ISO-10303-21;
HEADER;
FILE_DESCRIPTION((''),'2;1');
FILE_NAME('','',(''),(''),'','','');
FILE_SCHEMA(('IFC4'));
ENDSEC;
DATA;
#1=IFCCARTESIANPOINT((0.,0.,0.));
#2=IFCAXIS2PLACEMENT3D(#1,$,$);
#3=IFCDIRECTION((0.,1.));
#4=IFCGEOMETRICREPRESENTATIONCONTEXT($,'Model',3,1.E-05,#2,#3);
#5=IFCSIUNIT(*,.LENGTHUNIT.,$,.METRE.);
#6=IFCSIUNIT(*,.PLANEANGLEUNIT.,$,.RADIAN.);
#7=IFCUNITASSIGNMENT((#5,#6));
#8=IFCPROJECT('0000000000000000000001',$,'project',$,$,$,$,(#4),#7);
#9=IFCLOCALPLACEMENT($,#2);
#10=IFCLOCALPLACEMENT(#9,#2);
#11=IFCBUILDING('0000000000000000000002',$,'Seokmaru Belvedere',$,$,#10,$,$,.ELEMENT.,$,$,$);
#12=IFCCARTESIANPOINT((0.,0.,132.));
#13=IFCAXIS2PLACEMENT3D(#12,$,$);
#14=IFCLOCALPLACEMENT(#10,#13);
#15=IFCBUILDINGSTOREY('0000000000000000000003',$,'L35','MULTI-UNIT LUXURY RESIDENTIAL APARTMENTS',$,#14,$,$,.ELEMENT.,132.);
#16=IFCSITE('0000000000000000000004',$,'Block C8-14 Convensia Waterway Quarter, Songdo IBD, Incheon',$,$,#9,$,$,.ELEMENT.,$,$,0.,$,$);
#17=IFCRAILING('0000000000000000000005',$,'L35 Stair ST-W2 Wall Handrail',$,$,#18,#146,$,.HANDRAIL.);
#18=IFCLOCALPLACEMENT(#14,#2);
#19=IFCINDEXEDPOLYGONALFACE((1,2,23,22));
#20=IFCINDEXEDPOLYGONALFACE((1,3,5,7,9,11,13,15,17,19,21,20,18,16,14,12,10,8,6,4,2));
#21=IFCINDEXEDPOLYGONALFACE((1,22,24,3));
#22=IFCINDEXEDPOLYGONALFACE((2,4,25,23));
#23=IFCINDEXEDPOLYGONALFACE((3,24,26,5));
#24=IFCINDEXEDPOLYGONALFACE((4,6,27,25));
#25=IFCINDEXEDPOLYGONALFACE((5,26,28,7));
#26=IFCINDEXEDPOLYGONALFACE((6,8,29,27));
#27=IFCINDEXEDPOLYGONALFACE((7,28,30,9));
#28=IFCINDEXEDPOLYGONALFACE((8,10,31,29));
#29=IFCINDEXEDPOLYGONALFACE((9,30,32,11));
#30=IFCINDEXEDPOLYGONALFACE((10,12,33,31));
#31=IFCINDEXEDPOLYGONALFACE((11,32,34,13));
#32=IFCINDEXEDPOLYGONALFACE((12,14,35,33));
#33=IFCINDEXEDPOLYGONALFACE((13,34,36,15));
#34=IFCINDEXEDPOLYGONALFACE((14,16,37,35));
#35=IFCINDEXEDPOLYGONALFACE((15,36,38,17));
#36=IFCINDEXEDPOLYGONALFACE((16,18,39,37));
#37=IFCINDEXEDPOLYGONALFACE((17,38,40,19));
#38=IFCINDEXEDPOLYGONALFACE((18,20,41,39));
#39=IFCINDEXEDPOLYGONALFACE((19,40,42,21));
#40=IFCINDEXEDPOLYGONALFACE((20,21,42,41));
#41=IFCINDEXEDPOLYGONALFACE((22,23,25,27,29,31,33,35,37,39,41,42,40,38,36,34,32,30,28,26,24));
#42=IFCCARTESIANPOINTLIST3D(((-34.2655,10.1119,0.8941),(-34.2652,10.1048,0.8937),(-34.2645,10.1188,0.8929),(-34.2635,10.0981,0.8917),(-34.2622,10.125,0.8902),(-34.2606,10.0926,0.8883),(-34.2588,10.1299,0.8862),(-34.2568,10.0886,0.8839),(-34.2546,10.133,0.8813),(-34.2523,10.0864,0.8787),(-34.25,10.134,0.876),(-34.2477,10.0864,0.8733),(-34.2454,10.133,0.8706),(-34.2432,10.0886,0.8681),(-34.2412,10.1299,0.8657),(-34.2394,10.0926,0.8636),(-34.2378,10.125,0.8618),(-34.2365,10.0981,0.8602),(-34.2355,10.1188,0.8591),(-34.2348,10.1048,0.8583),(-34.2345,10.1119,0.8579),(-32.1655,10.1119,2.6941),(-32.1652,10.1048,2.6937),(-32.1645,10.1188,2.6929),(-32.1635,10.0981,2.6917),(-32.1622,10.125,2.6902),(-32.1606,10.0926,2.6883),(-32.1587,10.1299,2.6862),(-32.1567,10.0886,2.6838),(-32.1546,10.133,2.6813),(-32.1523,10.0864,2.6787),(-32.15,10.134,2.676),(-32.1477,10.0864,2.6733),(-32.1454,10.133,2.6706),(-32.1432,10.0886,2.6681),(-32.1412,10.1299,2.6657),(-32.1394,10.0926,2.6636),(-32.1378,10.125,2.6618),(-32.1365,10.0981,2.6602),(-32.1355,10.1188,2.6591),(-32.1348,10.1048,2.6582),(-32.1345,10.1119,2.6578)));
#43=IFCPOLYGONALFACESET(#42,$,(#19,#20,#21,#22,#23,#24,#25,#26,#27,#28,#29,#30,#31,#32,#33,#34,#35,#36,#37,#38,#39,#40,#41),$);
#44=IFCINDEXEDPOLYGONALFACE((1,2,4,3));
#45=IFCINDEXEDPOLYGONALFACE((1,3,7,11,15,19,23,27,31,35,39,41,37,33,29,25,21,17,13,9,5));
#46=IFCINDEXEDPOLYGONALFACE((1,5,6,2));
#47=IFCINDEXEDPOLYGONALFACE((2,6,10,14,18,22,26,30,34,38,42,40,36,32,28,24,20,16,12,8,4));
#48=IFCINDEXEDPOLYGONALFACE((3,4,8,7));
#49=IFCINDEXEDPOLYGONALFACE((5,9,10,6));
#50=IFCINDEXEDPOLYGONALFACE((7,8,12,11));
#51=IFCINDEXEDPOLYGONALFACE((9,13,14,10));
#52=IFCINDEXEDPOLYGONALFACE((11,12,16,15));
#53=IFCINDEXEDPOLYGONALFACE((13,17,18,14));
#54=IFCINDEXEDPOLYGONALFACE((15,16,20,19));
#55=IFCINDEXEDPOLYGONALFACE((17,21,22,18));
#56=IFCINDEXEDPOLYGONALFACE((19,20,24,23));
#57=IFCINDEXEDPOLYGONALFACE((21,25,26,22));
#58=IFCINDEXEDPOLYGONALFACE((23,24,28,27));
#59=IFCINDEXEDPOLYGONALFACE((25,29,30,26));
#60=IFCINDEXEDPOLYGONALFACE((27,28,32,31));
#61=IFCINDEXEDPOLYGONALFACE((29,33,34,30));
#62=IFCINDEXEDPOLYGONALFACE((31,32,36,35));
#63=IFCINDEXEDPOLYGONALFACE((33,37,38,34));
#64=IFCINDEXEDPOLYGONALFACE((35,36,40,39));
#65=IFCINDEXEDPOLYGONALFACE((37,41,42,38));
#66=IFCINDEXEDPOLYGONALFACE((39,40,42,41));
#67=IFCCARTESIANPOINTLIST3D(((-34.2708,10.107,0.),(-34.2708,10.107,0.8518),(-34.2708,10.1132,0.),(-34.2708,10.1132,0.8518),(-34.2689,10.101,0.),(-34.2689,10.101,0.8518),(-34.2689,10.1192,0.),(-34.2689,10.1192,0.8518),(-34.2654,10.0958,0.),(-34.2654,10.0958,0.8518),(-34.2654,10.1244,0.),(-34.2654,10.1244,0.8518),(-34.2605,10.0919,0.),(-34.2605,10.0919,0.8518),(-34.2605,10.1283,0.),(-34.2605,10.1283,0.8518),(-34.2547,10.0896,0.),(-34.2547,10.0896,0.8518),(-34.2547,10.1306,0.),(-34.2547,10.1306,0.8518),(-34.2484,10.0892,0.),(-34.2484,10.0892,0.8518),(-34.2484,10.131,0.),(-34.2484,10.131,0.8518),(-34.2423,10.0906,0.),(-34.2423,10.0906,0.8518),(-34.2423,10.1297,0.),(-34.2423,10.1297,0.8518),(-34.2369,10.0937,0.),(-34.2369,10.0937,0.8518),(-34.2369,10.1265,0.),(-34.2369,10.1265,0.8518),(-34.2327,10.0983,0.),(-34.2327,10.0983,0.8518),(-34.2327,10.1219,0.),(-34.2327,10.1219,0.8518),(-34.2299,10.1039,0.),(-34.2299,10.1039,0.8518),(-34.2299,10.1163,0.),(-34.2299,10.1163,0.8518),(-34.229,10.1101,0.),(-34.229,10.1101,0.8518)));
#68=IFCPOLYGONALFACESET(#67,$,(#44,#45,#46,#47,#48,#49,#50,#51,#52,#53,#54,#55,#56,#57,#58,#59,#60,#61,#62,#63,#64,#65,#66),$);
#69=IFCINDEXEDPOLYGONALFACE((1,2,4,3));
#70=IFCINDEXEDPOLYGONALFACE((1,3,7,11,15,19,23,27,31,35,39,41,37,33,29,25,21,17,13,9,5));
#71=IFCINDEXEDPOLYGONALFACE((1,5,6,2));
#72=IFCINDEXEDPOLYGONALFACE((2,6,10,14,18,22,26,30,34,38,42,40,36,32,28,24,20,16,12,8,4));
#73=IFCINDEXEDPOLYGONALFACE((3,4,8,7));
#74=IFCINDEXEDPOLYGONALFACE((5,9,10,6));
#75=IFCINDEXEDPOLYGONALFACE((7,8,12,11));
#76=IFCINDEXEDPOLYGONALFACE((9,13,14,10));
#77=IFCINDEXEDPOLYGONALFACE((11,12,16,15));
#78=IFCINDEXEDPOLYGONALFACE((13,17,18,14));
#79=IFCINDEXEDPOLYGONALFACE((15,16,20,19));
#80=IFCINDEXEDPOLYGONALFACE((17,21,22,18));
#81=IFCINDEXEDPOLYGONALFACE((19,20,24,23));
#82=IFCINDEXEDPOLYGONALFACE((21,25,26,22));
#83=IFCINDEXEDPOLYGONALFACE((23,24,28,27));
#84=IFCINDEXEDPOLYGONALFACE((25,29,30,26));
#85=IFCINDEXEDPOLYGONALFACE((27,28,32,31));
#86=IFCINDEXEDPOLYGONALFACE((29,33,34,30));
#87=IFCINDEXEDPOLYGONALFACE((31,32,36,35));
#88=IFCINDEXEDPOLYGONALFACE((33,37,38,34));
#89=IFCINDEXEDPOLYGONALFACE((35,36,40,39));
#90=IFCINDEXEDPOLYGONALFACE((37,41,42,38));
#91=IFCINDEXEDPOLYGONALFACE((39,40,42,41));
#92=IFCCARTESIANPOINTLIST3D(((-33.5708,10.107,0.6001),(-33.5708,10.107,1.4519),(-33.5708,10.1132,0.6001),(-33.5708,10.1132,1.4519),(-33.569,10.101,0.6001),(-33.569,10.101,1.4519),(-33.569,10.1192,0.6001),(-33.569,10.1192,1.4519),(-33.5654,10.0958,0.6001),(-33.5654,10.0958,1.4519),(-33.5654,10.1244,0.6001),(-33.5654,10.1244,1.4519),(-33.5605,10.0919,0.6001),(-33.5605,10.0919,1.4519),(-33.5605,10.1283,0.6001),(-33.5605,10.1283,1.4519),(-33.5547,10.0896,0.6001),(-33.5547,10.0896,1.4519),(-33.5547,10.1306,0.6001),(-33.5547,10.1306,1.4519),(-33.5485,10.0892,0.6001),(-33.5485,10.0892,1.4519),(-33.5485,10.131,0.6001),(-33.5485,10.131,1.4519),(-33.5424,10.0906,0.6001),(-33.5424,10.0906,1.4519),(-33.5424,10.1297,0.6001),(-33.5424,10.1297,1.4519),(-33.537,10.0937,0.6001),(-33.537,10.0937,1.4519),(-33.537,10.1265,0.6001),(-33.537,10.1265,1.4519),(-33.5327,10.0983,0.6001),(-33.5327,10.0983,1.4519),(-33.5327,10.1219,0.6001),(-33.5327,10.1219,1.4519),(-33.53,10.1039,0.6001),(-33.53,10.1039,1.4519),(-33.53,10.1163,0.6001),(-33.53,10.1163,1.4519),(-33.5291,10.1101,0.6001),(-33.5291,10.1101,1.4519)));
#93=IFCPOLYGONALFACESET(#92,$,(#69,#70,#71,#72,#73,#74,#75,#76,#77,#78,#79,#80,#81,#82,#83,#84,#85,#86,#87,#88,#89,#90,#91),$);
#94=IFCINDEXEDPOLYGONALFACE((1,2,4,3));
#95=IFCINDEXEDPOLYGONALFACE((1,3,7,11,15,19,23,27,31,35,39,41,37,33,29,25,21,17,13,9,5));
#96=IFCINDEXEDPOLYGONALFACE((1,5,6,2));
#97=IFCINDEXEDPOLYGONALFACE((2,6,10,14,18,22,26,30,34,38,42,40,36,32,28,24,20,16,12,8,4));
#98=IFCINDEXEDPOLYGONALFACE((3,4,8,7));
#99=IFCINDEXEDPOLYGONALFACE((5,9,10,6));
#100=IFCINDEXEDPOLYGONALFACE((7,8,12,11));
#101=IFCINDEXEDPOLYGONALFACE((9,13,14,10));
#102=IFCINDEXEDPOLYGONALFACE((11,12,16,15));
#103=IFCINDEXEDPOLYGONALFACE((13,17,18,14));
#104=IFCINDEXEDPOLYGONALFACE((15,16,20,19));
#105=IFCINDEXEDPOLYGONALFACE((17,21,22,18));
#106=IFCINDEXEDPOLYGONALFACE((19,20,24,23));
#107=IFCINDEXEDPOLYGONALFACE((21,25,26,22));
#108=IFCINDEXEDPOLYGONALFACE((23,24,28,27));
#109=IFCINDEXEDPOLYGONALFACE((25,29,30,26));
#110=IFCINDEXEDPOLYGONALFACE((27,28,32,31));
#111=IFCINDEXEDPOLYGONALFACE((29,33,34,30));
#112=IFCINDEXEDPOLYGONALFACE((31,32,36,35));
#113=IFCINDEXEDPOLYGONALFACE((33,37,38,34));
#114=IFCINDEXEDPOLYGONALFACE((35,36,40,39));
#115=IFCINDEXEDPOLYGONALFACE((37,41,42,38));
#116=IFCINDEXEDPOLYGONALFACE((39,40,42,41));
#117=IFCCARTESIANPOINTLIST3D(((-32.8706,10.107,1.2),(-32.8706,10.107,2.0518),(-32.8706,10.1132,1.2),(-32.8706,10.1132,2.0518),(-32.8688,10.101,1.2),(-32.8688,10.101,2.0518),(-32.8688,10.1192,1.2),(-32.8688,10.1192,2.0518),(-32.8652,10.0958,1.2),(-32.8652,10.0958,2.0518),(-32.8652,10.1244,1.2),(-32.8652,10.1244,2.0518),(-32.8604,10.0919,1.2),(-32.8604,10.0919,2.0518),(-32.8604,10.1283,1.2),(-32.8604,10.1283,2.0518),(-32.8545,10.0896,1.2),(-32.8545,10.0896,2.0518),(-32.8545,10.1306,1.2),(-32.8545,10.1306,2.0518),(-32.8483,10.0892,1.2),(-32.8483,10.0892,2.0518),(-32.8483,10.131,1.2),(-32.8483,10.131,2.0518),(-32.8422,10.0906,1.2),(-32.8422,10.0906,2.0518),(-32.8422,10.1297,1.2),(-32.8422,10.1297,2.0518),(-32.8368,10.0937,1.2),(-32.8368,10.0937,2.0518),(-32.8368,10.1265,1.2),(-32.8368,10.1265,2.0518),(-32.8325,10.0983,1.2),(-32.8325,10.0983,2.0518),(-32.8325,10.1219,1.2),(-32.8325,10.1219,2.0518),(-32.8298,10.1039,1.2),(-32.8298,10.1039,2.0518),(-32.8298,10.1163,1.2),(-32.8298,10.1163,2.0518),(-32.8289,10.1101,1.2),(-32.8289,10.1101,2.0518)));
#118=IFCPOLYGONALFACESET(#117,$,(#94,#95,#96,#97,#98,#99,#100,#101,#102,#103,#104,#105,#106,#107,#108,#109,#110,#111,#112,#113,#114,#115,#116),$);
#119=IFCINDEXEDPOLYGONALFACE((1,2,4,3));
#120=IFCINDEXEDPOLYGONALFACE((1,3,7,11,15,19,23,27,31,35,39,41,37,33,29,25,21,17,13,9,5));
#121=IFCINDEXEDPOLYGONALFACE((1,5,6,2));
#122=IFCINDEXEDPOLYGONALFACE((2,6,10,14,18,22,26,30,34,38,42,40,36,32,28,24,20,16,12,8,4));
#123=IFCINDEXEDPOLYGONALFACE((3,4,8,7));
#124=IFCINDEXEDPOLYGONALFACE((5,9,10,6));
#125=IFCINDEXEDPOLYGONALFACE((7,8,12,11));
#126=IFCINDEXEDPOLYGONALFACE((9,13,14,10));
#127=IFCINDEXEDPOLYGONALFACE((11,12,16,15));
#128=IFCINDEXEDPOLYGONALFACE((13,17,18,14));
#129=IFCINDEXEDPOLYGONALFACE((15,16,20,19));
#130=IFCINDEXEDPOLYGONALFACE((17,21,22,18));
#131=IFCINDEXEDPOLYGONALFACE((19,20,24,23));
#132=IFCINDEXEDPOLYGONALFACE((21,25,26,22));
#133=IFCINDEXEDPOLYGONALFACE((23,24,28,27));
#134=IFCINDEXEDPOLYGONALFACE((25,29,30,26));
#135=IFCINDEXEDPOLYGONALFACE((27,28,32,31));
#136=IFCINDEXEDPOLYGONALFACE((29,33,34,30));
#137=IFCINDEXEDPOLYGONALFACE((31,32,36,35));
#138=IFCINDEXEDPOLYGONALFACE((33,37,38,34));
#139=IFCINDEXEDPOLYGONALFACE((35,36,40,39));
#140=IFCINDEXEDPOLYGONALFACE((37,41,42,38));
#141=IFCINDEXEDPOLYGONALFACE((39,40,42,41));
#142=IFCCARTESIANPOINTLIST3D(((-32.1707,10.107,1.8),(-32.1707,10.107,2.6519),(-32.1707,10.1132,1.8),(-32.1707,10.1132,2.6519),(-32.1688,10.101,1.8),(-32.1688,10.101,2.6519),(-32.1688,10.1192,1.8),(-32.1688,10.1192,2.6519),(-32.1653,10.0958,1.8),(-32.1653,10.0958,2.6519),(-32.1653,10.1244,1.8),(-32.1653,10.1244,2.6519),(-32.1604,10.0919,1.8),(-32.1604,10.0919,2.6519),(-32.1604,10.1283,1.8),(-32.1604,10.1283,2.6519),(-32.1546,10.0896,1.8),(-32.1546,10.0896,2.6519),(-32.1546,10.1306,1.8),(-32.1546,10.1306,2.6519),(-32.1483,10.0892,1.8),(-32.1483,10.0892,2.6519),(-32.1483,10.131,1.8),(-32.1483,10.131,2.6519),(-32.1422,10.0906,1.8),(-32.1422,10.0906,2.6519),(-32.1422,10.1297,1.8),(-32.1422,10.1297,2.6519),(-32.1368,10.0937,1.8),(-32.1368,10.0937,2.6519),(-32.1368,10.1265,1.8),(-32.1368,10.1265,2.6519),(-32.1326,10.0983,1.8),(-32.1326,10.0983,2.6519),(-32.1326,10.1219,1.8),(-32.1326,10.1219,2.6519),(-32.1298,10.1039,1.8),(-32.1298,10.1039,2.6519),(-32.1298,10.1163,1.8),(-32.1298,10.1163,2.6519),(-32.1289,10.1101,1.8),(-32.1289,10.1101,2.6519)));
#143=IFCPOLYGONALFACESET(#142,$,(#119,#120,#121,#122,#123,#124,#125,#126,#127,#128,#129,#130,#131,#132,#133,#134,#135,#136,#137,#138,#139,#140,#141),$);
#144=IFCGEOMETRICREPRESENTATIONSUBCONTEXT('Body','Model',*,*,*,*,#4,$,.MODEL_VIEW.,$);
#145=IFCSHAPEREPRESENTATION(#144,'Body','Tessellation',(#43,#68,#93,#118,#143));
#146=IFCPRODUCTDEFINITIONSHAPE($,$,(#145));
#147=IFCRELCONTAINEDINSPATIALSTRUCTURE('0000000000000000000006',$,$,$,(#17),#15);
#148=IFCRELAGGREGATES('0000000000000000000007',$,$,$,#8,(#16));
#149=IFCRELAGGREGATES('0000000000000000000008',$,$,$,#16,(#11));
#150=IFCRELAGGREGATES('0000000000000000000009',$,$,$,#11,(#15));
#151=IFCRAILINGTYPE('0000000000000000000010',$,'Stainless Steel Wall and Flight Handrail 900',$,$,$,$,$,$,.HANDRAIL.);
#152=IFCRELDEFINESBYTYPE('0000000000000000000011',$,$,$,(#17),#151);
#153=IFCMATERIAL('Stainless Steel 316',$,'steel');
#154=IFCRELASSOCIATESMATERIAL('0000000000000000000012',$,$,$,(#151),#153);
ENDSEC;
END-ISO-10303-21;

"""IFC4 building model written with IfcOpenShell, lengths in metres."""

from ifc_helpers import new_model, si_unit, direction, frame, origin, origin_2d, place, context, subcontext, project, spatial, circle, extrude, material, type_object, element, save


model = new_model("IFC4")

# Units and contexts
model_context = context("Model", 3, precision=1e-05, world=origin(), true_north=direction((0.0, 1.0)))
body_context = subcontext(model_context, "Body", "Model", "MODEL_VIEW")
ifc_project = project(units=[si_unit("LENGTHUNIT", "METRE"), si_unit("PLANEANGLEUNIT", "RADIAN")], contexts=[model_context])

# Site, building, storey
site_placement = place(None, origin())
site = spatial("IfcSite", under=ifc_project, at=site_placement, Name="Block C8-14 Convensia Waterway Quarter, Songdo IBD, Incheon", CompositionType="ELEMENT", RefElevation=0.0)
building_placement = place(site_placement, origin())
building = spatial("IfcBuilding", under=site, at=building_placement, Name="Seokmaru Belvedere", CompositionType="ELEMENT")
storey_placement = place(building_placement, frame((0.0, 0.0, 132.0)))
storey = spatial("IfcBuildingStorey", under=building, at=storey_placement, Name="L35", Description="MULTI-UNIT LUXURY RESIDENTIAL APARTMENTS", CompositionType="ELEMENT", Elevation=132.0)

# Railing
ifc_material_1 = material(Name="Stainless Steel 316", Category="steel")
railing_type_1 = type_object("IfcRailingType", Name="Stainless Steel Wall and Flight Handrail 900", PredefinedType="HANDRAIL", material=ifc_material_1)
railing_1_placement = place(storey_placement, frame((-34.25, 10.1101, 0.0)))
element("IfcRailing", 1, at=railing_1_placement, inside=storey, type_object=railing_type_1, Name="L35 Stair ST-W2 Wall Handrail", PredefinedType="HANDRAIL", context=body_context, shape_type="SweptSolid", body=[
    extrude(circle(Radius=0.0239, at=origin_2d()), frame((0.0, 0.0, 0.876), z_axis=(0.759263, 0.0, 0.650784), x_axis=(0.0, 1.0, 0.0)), (0.0, 0.0, 1.0), 2.7659),
    extrude(circle(Radius=0.021, at=origin_2d()), origin(), (0.0, 0.0, 1.0), 0.8518),
    extrude(circle(Radius=0.021, at=origin_2d()), frame((0.7, 0.0, 0.6001)), (0.0, 0.0, 1.0), 0.8518),
    extrude(circle(Radius=0.021, at=origin_2d()), frame((1.4001, 0.0, 1.2)), (0.0, 0.0, 1.0), 0.8518),
    extrude(circle(Radius=0.021, at=origin_2d()), frame((2.1001, 0.0, 1.8)), (0.0, 0.0, 1.0), 0.8518),
])

save(model, "model.ifc")
